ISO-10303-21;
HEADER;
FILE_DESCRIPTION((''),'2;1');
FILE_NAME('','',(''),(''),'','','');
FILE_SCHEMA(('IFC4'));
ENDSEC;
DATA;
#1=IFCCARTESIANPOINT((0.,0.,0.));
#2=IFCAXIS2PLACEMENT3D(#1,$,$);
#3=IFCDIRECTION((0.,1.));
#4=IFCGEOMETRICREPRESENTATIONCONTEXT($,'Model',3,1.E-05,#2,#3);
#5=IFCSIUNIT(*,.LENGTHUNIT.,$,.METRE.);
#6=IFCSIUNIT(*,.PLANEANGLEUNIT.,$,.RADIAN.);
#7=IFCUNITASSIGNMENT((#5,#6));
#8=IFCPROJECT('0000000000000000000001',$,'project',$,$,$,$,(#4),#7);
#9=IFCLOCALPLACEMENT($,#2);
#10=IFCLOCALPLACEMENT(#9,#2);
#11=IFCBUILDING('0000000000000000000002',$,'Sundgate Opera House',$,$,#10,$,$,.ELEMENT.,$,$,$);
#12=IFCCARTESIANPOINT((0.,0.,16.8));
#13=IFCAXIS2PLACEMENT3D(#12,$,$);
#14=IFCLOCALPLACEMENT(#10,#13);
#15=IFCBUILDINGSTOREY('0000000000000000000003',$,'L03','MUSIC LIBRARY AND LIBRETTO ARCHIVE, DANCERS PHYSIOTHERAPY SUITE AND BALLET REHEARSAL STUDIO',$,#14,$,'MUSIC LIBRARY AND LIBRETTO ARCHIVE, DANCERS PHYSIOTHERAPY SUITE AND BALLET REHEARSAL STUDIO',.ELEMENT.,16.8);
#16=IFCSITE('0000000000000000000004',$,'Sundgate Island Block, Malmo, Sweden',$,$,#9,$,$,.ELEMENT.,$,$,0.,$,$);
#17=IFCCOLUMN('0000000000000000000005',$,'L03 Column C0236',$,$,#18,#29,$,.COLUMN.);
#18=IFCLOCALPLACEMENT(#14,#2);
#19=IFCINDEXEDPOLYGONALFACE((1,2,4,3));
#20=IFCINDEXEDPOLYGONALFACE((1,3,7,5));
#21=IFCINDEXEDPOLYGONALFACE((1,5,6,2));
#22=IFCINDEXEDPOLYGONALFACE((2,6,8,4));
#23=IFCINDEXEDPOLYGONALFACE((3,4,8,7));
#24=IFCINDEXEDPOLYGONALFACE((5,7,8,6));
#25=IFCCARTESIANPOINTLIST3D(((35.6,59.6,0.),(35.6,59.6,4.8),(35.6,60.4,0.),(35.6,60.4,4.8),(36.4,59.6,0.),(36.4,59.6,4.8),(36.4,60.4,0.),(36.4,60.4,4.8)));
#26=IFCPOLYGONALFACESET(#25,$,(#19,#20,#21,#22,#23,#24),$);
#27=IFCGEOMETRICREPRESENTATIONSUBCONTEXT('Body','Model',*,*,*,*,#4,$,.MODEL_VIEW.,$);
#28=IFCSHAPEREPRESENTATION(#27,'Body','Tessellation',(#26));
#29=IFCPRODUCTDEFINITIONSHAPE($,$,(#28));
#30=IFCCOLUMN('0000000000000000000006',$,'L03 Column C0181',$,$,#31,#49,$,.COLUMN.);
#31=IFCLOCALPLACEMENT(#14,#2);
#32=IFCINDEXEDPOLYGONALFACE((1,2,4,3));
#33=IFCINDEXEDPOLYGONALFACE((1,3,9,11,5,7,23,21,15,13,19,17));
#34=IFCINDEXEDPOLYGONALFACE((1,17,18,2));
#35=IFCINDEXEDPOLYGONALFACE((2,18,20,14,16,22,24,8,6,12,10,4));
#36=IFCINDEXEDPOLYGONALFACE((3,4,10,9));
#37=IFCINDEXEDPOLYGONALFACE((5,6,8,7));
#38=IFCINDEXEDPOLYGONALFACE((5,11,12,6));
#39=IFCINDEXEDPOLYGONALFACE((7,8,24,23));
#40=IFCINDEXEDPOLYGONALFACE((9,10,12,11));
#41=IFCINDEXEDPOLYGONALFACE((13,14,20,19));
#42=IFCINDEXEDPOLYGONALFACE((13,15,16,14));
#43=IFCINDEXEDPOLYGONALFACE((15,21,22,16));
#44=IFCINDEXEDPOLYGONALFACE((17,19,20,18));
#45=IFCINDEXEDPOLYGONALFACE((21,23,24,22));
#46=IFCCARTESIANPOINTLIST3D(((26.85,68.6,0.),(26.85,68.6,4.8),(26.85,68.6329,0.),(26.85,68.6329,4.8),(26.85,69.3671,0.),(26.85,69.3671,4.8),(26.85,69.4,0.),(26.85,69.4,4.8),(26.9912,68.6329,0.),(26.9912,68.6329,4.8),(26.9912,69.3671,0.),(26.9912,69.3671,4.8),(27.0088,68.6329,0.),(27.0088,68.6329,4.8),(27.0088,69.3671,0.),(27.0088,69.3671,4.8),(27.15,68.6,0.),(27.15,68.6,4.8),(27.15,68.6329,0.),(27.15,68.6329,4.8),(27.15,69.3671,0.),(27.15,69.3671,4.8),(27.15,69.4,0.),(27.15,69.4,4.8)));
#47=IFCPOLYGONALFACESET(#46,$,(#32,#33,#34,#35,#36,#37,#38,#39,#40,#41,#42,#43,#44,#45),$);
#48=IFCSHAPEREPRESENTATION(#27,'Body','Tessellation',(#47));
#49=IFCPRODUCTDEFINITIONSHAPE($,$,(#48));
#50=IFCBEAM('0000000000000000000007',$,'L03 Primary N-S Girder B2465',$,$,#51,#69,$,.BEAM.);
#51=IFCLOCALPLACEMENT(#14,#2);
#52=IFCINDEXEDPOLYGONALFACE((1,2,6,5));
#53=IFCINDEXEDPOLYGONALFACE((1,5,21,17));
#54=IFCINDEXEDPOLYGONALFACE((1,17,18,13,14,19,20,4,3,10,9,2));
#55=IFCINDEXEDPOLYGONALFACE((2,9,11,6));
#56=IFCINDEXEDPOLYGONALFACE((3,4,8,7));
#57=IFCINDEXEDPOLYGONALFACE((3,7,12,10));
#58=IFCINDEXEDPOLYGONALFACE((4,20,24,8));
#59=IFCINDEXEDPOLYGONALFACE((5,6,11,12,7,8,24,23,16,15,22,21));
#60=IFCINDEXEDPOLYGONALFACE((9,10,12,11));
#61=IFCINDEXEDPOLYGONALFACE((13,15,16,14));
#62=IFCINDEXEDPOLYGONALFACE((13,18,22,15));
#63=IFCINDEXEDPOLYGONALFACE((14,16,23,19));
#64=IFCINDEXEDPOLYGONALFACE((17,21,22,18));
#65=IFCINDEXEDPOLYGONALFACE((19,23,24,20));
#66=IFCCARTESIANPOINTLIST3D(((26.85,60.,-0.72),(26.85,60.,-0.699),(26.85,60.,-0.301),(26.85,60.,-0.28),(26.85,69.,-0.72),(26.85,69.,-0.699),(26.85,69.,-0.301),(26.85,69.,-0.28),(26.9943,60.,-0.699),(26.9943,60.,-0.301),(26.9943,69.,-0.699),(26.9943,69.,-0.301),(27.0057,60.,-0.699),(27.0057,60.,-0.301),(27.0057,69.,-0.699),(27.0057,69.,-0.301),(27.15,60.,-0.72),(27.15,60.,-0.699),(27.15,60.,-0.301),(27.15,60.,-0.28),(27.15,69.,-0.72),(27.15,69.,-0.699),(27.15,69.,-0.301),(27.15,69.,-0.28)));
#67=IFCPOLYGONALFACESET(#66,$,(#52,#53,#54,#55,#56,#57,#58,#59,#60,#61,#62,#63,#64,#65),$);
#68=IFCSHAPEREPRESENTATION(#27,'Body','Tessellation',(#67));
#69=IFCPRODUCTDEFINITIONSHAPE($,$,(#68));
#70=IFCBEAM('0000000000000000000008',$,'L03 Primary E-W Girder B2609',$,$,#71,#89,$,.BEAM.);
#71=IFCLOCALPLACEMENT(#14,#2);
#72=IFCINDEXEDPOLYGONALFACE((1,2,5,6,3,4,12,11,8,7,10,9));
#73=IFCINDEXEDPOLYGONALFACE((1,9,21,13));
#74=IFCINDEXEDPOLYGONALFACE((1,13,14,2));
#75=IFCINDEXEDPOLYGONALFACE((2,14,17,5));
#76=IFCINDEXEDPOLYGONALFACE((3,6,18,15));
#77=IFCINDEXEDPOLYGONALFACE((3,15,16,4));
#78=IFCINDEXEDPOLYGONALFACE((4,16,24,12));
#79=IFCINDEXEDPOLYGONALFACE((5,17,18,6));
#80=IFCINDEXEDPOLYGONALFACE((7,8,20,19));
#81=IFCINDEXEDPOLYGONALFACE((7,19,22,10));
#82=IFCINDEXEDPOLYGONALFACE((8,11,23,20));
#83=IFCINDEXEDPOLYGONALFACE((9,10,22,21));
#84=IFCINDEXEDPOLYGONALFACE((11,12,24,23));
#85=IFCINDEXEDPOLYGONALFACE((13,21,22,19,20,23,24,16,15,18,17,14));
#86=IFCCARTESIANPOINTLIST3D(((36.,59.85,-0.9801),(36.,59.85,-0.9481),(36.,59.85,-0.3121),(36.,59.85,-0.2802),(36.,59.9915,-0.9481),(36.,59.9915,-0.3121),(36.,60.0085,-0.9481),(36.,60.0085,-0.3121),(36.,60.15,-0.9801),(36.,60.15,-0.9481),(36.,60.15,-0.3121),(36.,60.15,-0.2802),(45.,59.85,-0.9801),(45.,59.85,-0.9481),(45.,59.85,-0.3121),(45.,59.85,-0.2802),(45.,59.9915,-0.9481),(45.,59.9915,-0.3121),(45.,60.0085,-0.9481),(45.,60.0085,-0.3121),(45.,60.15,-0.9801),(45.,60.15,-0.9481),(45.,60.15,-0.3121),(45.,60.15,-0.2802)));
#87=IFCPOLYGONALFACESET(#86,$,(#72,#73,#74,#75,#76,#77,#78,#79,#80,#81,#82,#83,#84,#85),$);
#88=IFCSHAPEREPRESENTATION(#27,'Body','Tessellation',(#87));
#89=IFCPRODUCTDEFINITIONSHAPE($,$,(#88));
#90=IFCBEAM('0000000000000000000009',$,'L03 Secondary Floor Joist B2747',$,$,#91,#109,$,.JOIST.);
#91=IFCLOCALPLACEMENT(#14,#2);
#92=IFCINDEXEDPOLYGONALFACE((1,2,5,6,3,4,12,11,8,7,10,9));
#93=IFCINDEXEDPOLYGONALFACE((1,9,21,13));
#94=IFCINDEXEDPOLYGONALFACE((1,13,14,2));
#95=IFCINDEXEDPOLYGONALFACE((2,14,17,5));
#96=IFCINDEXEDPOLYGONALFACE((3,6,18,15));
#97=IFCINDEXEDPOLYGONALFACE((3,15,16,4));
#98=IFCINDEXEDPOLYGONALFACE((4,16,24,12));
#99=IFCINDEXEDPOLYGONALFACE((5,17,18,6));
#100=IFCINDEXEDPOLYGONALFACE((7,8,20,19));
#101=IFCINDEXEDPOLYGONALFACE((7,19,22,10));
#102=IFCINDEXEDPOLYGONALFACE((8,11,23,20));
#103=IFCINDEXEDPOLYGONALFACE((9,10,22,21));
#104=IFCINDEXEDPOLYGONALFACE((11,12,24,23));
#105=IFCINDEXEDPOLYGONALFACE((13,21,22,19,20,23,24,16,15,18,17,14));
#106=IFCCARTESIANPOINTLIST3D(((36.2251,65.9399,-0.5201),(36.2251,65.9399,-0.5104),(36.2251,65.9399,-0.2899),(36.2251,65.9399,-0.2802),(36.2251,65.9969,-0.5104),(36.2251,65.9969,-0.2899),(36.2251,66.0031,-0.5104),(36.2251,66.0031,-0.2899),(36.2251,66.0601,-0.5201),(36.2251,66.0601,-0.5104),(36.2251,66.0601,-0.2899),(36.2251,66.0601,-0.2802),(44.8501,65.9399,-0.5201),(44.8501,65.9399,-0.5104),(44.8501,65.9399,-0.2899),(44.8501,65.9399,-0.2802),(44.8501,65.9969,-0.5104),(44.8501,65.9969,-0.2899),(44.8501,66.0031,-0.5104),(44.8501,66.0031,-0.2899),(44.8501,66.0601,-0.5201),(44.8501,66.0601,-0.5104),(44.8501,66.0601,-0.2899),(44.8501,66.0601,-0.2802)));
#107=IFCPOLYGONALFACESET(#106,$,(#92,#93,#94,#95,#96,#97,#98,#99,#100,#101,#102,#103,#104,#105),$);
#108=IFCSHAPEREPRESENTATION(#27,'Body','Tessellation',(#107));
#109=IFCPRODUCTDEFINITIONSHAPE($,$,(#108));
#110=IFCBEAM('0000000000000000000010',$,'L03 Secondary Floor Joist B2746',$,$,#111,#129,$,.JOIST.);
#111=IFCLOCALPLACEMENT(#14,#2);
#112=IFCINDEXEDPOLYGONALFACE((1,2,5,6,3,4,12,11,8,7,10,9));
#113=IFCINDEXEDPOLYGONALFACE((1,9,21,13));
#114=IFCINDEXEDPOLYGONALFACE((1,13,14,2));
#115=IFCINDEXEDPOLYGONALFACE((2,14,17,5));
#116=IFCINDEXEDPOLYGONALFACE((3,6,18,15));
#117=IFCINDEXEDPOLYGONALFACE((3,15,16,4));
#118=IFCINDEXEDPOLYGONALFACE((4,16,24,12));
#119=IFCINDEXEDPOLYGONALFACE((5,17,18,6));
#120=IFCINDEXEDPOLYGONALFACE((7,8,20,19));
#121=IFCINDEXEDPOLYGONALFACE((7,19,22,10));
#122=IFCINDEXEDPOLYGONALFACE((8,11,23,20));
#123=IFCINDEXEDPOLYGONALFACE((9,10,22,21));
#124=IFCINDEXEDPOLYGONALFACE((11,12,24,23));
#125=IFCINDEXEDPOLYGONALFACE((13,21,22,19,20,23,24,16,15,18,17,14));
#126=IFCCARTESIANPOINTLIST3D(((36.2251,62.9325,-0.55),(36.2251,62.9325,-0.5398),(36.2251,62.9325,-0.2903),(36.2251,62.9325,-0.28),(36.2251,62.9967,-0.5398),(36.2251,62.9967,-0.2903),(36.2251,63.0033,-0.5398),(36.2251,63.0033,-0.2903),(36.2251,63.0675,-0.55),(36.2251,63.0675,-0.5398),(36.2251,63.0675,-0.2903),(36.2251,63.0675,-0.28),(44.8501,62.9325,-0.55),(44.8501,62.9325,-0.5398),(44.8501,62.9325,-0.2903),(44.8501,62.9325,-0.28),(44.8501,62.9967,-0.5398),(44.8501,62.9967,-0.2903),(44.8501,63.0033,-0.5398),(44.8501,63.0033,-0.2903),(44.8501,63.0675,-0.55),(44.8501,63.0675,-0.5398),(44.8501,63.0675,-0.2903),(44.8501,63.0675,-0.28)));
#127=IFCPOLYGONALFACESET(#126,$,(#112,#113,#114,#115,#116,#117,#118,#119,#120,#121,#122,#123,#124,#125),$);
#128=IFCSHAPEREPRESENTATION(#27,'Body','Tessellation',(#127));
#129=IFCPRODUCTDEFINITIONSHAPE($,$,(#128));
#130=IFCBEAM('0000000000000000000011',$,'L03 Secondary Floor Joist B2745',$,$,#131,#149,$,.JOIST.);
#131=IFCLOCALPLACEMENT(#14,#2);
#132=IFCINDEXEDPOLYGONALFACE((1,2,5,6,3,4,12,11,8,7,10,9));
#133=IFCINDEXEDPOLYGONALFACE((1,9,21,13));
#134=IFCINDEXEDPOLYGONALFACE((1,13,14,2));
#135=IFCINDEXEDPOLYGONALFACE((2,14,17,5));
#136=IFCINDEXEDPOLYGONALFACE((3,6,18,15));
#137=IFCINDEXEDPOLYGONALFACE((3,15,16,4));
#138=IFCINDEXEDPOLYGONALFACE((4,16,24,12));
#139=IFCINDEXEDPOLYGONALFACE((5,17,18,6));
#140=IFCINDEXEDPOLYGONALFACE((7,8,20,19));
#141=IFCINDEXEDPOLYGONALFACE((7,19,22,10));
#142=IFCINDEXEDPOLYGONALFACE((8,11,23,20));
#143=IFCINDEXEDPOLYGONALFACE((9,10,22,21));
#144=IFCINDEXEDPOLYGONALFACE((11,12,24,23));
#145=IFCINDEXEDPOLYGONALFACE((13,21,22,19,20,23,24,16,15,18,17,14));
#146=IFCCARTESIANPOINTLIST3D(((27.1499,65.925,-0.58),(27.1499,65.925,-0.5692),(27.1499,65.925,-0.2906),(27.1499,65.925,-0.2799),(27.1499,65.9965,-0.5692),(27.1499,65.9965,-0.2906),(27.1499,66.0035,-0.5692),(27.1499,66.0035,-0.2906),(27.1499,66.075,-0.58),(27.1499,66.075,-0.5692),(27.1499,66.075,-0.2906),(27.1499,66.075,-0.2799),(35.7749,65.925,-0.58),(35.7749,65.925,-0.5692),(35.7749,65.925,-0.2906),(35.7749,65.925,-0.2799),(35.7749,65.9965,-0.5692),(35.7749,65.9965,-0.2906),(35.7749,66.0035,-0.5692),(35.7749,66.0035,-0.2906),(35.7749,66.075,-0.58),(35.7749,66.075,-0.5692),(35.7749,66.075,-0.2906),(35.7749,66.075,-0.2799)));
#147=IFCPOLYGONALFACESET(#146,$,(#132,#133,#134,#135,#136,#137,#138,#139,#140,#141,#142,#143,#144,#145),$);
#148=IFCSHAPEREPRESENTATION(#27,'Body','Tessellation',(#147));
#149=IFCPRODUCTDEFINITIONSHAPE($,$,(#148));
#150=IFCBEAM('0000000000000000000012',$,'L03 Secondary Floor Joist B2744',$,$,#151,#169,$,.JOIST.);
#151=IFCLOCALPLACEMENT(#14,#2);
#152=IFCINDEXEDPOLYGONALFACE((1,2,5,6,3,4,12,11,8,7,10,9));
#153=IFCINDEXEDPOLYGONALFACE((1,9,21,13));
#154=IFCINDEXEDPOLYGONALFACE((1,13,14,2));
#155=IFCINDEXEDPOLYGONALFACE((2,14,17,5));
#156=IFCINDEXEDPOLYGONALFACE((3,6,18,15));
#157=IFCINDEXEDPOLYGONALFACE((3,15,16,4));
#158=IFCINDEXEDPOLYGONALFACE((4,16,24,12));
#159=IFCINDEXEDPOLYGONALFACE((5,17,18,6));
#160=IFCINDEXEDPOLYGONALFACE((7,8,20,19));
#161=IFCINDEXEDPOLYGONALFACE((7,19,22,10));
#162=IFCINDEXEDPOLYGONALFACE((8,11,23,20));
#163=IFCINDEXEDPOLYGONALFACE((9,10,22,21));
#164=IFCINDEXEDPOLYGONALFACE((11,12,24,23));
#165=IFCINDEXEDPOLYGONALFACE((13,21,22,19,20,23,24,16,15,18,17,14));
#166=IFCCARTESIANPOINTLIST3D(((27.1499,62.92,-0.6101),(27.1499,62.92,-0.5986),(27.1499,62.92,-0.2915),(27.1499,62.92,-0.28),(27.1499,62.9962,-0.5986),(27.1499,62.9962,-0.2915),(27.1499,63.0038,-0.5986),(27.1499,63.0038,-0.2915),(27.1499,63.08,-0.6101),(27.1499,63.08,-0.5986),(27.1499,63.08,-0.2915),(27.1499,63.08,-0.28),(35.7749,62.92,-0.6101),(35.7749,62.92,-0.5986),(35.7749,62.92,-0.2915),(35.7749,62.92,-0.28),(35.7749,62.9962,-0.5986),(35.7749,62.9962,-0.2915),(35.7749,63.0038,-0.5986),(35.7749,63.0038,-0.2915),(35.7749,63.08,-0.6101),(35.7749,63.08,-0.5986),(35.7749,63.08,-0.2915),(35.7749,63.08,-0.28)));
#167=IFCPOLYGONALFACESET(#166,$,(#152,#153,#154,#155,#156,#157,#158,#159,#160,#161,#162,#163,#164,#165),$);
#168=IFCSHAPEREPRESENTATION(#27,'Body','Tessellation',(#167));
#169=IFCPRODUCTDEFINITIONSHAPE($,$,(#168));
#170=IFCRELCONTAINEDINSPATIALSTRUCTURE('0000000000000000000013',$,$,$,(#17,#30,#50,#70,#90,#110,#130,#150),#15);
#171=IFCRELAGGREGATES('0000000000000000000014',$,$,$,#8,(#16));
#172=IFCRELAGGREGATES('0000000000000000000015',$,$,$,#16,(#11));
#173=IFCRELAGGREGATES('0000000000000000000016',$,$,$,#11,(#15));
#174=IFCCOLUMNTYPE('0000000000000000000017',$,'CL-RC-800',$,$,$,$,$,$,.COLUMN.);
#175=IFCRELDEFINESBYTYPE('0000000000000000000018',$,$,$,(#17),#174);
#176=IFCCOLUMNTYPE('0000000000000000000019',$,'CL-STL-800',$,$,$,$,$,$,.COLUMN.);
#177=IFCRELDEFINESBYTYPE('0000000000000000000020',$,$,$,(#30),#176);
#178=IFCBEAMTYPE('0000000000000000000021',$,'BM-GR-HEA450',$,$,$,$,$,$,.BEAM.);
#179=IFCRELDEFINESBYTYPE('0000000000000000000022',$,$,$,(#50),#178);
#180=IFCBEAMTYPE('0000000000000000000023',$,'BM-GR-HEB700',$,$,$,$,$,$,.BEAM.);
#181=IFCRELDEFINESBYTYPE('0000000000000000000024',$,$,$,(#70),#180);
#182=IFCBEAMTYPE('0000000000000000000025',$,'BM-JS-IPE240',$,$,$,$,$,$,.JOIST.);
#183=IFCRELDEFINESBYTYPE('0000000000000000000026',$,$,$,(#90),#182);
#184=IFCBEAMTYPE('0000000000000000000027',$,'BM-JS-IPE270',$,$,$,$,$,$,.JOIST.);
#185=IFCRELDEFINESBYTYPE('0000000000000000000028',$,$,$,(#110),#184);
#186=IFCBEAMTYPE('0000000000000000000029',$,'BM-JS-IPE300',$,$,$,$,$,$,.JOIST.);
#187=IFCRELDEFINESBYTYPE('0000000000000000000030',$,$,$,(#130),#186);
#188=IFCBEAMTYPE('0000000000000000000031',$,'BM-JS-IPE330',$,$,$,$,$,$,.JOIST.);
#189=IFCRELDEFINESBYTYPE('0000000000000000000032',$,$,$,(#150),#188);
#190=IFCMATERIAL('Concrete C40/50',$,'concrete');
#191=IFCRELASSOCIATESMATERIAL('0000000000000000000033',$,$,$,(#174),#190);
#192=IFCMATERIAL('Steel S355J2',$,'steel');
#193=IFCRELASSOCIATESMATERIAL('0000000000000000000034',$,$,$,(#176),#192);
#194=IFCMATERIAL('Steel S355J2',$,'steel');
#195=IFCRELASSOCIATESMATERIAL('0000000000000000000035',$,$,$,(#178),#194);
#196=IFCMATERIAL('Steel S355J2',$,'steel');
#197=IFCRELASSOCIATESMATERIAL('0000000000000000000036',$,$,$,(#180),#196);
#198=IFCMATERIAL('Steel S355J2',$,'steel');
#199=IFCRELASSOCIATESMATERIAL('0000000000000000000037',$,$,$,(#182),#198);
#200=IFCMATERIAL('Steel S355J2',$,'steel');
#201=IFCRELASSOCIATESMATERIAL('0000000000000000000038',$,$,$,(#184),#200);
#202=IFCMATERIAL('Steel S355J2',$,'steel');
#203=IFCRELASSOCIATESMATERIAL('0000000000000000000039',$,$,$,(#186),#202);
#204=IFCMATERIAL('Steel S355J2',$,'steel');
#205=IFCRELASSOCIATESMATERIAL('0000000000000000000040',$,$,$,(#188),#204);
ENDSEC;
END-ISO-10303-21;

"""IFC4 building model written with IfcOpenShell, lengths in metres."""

from ifc_helpers import new_model, si_unit, direction, frame, origin, origin_2d, place, context, subcontext, project, spatial, rectangle, i_section, extrude, material, material_profile, profile_set, type_object, element, save


model = new_model("IFC4")

# Units and contexts
model_context = context("Model", 3, precision=1e-05, world=origin(), true_north=direction((0.0, 1.0)))
body_context = subcontext(model_context, "Body", "Model", "MODEL_VIEW")
ifc_project = project(units=[si_unit("LENGTHUNIT", "METRE"), si_unit("PLANEANGLEUNIT", "RADIAN")], contexts=[model_context])

# Site, building, storey
site_placement = place(None, origin())
site = spatial("IfcSite", under=ifc_project, at=site_placement, Name="Sundgate Island Block, Malmo, Sweden", CompositionType="ELEMENT", RefElevation=0.0)
building_placement = place(site_placement, origin())
building = spatial("IfcBuilding", under=site, at=building_placement, Name="Sundgate Opera House", CompositionType="ELEMENT")
storey_placement = place(building_placement, frame((0.0, 0.0, 16.8)))
storey = spatial("IfcBuildingStorey", under=building, at=storey_placement, Name="L03", Description="MUSIC LIBRARY AND LIBRETTO ARCHIVE, DANCERS PHYSIOTHERAPY SUITE AND BALLET REHEARSAL STUDIO", LongName="MUSIC LIBRARY AND LIBRETTO ARCHIVE, DANCERS PHYSIOTHERAPY SUITE AND BALLET REHEARSAL STUDIO", CompositionType="ELEMENT", Elevation=16.8)

# Columns
ifc_material_1 = material(Name="Concrete C40/50", Category="concrete")
ifc_material_profile_1 = material_profile(ifc_material_1, rectangle(XDim=0.8, YDim=0.8, at=origin_2d()), Name="RC 800x800")
ifc_profile_set_1 = profile_set([ifc_material_profile_1], Name="Concrete C40/50")
column_type_1 = type_object("IfcColumnType", Name="CL-RC-800", PredefinedType="COLUMN", material=ifc_profile_set_1)
column_1_placement = place(storey_placement, frame((36.0, 60.0, 0.0), z_axis=(0.0, 0.0, 1.0), x_axis=(1.0, 0.0, 0.0)))
element("IfcColumn", 1, at=column_1_placement, inside=storey, type_object=column_type_1, Name="L03 Column C0236", PredefinedType="COLUMN", context=body_context, shape_type="SweptSolid", body=[
    extrude(rectangle(XDim=0.8, YDim=0.8, at=origin_2d()), origin(), (0.0, 0.0, 1.0), 4.8),
])
ifc_material_2 = material(Name="Steel S355J2", Category="steel")
ifc_material_profile_2 = material_profile(ifc_material_2, i_section(OverallWidth=0.3, OverallDepth=0.8, WebThickness=0.0176, FlangeThickness=0.033, at=origin_2d()), Name="HEB 800")
ifc_profile_set_2 = profile_set([ifc_material_profile_2], Name="Steel S355J2")
column_type_2 = type_object("IfcColumnType", Name="CL-STL-800", PredefinedType="COLUMN", material=ifc_profile_set_2)
column_2_placement = place(storey_placement, frame((27.0, 69.0, 0.0), z_axis=(0.0, 0.0, 1.0), x_axis=(1.0, 0.0, 0.0)))
element("IfcColumn", 2, at=column_2_placement, inside=storey, type_object=column_type_2, Name="L03 Column C0181", PredefinedType="COLUMN", context=body_context, shape_type="SweptSolid", body=[
    extrude(i_section(OverallWidth=0.3, OverallDepth=0.8, WebThickness=0.0176, FlangeThickness=0.033, at=origin_2d()), origin(), (0.0, 0.0, 1.0), 4.8),
])

# Beams
ifc_material_3 = material(Name="Steel S355J2", Category="steel")
ifc_material_profile_3 = material_profile(ifc_material_3, i_section(OverallWidth=0.3, OverallDepth=0.4399, WebThickness=0.0115, FlangeThickness=0.021, at=origin_2d()), Name="HEA 450")
ifc_profile_set_3 = profile_set([ifc_material_profile_3], Name="Steel S355J2")
beam_type_1 = type_object("IfcBeamType", Name="BM-GR-HEA450", PredefinedType="BEAM", material=ifc_profile_set_3)
beam_1_placement = place(storey_placement, frame((27.0, 60.0, -0.5), z_axis=(0.0, 1.0, 0.0), x_axis=(-1.0, 0.0, 0.0)))
element("IfcBeam", 3, at=beam_1_placement, inside=storey, type_object=beam_type_1, Name="L03 Primary N-S Girder B2465", PredefinedType="BEAM", context=body_context, shape_type="SweptSolid", body=[
    extrude(i_section(OverallWidth=0.3, OverallDepth=0.4399, WebThickness=0.0115, FlangeThickness=0.021, at=origin_2d()), origin(), (0.0, 0.0, 1.0), 9.0),
])
ifc_material_4 = material(Name="Steel S355J2", Category="steel")
ifc_material_profile_4 = material_profile(ifc_material_4, i_section(OverallWidth=0.3, OverallDepth=0.7, WebThickness=0.0171, FlangeThickness=0.032, at=origin_2d()), Name="HEB 700")
ifc_profile_set_4 = profile_set([ifc_material_profile_4], Name="Steel S355J2")
beam_type_2 = type_object("IfcBeamType", Name="BM-GR-HEB700", PredefinedType="BEAM", material=ifc_profile_set_4)
beam_2_placement = place(storey_placement, frame((36.0, 60.0, -0.6301), z_axis=(1.0, 0.0, 0.0), x_axis=(0.0, 1.0, 0.0)))
element("IfcBeam", 4, at=beam_2_placement, inside=storey, type_object=beam_type_2, Name="L03 Primary E-W Girder B2609", PredefinedType="BEAM", context=body_context, shape_type="SweptSolid", body=[
    extrude(i_section(OverallWidth=0.3, OverallDepth=0.7, WebThickness=0.0171, FlangeThickness=0.032, at=origin_2d()), origin(), (0.0, 0.0, 1.0), 9.0),
])
ifc_material_5 = material(Name="Steel S355J2", Category="steel")
ifc_material_profile_5 = material_profile(ifc_material_5, i_section(OverallWidth=0.1201, OverallDepth=0.24, WebThickness=0.0061, FlangeThickness=0.0098, at=origin_2d()), Name="IPE 240")
ifc_profile_set_5 = profile_set([ifc_material_profile_5], Name="Steel S355J2")
beam_type_3 = type_object("IfcBeamType", Name="BM-JS-IPE240", PredefinedType="JOIST", material=ifc_profile_set_5)
beam_3_placement = place(storey_placement, frame((36.2251, 66.0, -0.4001), z_axis=(1.0, 0.0, 0.0), x_axis=(0.0, 1.0, 0.0)))
element("IfcBeam", 5, at=beam_3_placement, inside=storey, type_object=beam_type_3, Name="L03 Secondary Floor Joist B2747", PredefinedType="JOIST", context=body_context, shape_type="SweptSolid", body=[
    extrude(i_section(OverallWidth=0.1201, OverallDepth=0.24, WebThickness=0.0061, FlangeThickness=0.0098, at=origin_2d()), origin(), (0.0, 0.0, 1.0), 8.625),
])
ifc_material_6 = material(Name="Steel S355J2", Category="steel")
ifc_material_profile_6 = material_profile(ifc_material_6, i_section(OverallWidth=0.135, OverallDepth=0.27, WebThickness=0.0066, FlangeThickness=0.0103, at=origin_2d()), Name="IPE 270")
ifc_profile_set_6 = profile_set([ifc_material_profile_6], Name="Steel S355J2")
beam_type_4 = type_object("IfcBeamType", Name="BM-JS-IPE270", PredefinedType="JOIST", material=ifc_profile_set_6)
beam_4_placement = place(storey_placement, frame((36.2251, 63.0, -0.415), z_axis=(1.0, 0.0, 0.0), x_axis=(0.0, 1.0, 0.0)))
element("IfcBeam", 6, at=beam_4_placement, inside=storey, type_object=beam_type_4, Name="L03 Secondary Floor Joist B2746", PredefinedType="JOIST", context=body_context, shape_type="SweptSolid", body=[
    extrude(i_section(OverallWidth=0.135, OverallDepth=0.27, WebThickness=0.0066, FlangeThickness=0.0103, at=origin_2d()), origin(), (0.0, 0.0, 1.0), 8.625),
])
ifc_material_7 = material(Name="Steel S355J2", Category="steel")
ifc_material_profile_7 = material_profile(ifc_material_7, i_section(OverallWidth=0.1499, OverallDepth=0.3, WebThickness=0.0071, FlangeThickness=0.0107, at=origin_2d()), Name="IPE 300")
ifc_profile_set_7 = profile_set([ifc_material_profile_7], Name="Steel S355J2")
beam_type_5 = type_object("IfcBeamType", Name="BM-JS-IPE300", PredefinedType="JOIST", material=ifc_profile_set_7)
beam_5_placement = place(storey_placement, frame((27.1499, 66.0, -0.4299), z_axis=(1.0, 0.0, 0.0), x_axis=(0.0, 1.0, 0.0)))
element("IfcBeam", 7, at=beam_5_placement, inside=storey, type_object=beam_type_5, Name="L03 Secondary Floor Joist B2745", PredefinedType="JOIST", context=body_context, shape_type="SweptSolid", body=[
    extrude(i_section(OverallWidth=0.1499, OverallDepth=0.3, WebThickness=0.0071, FlangeThickness=0.0107, at=origin_2d()), origin(), (0.0, 0.0, 1.0), 8.625),
])
ifc_material_8 = material(Name="Steel S355J2", Category="steel")
ifc_material_profile_8 = material_profile(ifc_material_8, i_section(OverallWidth=0.1599, OverallDepth=0.3301, WebThickness=0.0076, FlangeThickness=0.0115, at=origin_2d()), Name="IPE 330")
ifc_profile_set_8 = profile_set([ifc_material_profile_8], Name="Steel S355J2")
beam_type_6 = type_object("IfcBeamType", Name="BM-JS-IPE330", PredefinedType="JOIST", material=ifc_profile_set_8)
beam_6_placement = place(storey_placement, frame((27.1499, 63.0, -0.4451), z_axis=(1.0, 0.0, 0.0), x_axis=(0.0, 1.0, 0.0)))
element("IfcBeam", 8, at=beam_6_placement, inside=storey, type_object=beam_type_6, Name="L03 Secondary Floor Joist B2744", PredefinedType="JOIST", context=body_context, shape_type="SweptSolid", body=[
    extrude(i_section(OverallWidth=0.1599, OverallDepth=0.3301, WebThickness=0.0076, FlangeThickness=0.0115, at=origin_2d()), origin(), (0.0, 0.0, 1.0), 8.625),
])

save(model, "model.ifc")
